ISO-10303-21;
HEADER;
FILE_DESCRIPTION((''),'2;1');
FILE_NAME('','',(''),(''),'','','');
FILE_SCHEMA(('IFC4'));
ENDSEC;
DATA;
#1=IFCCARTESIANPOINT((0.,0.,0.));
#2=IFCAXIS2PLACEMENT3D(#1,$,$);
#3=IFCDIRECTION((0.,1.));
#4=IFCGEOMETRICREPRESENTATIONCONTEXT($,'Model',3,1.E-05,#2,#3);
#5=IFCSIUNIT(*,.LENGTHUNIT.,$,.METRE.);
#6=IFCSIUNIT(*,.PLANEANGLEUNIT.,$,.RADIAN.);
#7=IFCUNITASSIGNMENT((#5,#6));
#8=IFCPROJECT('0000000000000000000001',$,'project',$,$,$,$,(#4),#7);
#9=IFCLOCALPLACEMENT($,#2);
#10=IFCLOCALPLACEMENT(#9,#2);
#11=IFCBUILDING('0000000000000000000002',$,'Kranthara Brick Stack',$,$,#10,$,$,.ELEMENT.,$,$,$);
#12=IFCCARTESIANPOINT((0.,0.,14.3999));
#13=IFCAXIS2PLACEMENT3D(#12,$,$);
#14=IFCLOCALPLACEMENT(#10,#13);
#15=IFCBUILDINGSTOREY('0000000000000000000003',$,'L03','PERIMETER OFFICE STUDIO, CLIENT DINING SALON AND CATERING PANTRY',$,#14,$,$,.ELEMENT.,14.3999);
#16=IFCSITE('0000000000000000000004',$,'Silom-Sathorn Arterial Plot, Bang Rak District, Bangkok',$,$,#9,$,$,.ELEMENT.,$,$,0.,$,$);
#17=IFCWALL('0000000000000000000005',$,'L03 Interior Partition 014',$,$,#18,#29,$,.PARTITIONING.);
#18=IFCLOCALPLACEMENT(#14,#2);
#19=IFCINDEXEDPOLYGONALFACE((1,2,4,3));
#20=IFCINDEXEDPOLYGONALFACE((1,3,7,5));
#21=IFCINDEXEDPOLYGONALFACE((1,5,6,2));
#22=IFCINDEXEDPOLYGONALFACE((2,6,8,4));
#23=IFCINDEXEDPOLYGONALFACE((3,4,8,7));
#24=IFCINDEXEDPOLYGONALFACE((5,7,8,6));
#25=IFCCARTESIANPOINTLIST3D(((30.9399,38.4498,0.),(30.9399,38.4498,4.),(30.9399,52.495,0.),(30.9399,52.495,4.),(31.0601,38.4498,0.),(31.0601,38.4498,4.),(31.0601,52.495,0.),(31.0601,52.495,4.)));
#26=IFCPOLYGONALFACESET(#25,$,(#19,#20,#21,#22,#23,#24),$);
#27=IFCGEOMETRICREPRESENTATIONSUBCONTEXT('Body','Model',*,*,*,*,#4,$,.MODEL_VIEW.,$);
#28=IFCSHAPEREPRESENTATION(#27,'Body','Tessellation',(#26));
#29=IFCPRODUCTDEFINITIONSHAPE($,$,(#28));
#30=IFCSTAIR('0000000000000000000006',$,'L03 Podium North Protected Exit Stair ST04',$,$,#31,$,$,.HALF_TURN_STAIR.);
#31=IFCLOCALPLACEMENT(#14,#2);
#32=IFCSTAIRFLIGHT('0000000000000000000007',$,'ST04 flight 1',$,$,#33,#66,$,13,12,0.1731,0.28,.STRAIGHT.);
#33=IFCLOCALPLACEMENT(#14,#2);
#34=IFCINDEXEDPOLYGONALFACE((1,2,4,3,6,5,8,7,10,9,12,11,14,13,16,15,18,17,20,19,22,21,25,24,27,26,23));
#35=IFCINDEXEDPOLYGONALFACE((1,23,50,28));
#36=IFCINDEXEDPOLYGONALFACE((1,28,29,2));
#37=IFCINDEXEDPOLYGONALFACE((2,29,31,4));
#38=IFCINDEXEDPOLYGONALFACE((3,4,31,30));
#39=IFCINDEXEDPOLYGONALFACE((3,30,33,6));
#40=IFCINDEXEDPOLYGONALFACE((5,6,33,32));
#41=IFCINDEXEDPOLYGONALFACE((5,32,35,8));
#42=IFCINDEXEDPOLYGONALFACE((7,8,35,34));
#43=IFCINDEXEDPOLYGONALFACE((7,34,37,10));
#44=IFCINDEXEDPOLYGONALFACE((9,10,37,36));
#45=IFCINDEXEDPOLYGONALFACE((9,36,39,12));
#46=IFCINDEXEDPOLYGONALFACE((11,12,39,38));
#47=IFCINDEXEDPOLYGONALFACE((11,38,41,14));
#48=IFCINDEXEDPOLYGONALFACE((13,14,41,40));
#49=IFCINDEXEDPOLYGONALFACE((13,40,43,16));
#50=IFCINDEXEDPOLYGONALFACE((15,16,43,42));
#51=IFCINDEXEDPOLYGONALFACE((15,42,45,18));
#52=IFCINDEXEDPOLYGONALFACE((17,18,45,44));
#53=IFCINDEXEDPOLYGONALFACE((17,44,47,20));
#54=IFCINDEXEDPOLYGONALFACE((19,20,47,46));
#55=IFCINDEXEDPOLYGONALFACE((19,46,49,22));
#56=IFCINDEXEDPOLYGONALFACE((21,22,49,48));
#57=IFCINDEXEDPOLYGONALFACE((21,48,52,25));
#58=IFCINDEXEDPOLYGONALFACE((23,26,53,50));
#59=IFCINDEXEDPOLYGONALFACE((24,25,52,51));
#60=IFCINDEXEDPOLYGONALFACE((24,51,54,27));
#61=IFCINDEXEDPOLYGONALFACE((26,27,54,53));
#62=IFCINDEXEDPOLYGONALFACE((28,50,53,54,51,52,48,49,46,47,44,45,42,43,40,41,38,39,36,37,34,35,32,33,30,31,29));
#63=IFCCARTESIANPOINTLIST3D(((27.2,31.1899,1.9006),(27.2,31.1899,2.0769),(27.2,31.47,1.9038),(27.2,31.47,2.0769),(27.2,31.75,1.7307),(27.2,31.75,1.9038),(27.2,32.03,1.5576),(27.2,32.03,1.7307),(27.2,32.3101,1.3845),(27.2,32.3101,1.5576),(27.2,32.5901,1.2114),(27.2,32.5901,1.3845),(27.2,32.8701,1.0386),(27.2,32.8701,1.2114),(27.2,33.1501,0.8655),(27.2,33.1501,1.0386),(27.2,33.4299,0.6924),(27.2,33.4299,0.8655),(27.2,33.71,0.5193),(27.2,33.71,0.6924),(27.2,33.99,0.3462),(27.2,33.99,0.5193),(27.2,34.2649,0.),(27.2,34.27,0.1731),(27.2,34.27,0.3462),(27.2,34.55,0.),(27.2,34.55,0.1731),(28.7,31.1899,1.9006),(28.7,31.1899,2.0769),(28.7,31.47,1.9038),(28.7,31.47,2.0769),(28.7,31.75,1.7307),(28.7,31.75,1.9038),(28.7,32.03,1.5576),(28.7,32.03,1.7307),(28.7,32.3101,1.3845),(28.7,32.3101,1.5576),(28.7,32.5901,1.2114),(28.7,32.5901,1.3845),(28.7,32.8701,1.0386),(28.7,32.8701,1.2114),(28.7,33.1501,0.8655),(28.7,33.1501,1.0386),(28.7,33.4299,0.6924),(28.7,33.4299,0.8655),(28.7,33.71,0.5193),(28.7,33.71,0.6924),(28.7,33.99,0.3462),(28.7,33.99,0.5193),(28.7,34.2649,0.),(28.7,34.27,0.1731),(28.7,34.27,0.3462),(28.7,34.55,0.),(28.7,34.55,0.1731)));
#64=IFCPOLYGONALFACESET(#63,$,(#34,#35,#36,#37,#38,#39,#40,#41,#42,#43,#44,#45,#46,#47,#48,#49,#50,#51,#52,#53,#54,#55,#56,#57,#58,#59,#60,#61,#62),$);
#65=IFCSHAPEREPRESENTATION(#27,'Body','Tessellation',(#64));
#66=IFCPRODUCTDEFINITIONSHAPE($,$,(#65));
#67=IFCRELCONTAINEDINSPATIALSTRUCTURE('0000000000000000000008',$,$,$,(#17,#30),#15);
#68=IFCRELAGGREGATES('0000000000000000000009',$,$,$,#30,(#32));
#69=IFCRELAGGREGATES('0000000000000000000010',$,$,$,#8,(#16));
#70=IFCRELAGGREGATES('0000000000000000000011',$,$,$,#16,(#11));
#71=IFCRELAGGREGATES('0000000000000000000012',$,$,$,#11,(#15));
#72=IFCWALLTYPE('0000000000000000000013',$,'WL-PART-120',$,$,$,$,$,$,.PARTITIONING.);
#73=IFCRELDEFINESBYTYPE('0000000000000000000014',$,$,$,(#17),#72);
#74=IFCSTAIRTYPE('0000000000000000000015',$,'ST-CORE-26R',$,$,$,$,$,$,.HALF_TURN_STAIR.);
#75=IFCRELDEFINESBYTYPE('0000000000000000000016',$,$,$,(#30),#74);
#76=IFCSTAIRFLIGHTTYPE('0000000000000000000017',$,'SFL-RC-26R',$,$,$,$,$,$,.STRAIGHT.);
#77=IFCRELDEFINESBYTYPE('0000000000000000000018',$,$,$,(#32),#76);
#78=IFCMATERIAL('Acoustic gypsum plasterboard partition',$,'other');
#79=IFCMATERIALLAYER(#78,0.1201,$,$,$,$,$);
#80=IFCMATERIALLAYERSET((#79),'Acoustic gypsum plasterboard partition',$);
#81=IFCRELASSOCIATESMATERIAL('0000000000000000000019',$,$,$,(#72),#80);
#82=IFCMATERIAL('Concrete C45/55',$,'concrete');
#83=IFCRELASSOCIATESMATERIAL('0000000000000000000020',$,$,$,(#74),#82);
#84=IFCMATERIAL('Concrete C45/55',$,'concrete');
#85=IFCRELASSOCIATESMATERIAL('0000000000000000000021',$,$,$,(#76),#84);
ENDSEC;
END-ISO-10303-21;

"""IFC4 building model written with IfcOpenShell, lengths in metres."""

from ifc_helpers import new_model, si_unit, direction, frame, frame_2d, origin, place, context, subcontext, project, spatial, polyline, rectangle, outline, extrude, material, layer, layer_set, type_object, element, aggregate, save


model = new_model("IFC4")

# Units and contexts
model_context = context("Model", 3, precision=1e-05, world=origin(), true_north=direction((0.0, 1.0)))
body_context = subcontext(model_context, "Body", "Model", "MODEL_VIEW")
ifc_project = project(units=[si_unit("LENGTHUNIT", "METRE"), si_unit("PLANEANGLEUNIT", "RADIAN")], contexts=[model_context])

# Site, building, storey
site_placement = place(None, origin())
site = spatial("IfcSite", under=ifc_project, at=site_placement, Name="Silom-Sathorn Arterial Plot, Bang Rak District, Bangkok", CompositionType="ELEMENT", RefElevation=0.0)
building_placement = place(site_placement, origin())
building = spatial("IfcBuilding", under=site, at=building_placement, Name="Kranthara Brick Stack", CompositionType="ELEMENT")
storey_placement = place(building_placement, frame((0.0, 0.0, 14.3999)))
storey = spatial("IfcBuildingStorey", under=building, at=storey_placement, Name="L03", Description="PERIMETER OFFICE STUDIO, CLIENT DINING SALON AND CATERING PANTRY", CompositionType="ELEMENT", Elevation=14.3999)

# Wall
ifc_material_1 = material(Name="Acoustic gypsum plasterboard partition", Category="other")
ifc_layer_1 = layer(ifc_material_1, 0.1201)
ifc_layer_set_1 = layer_set([ifc_layer_1], Name="Acoustic gypsum plasterboard partition")
wall_type_1 = type_object("IfcWallType", Name="WL-PART-120", PredefinedType="PARTITIONING", material=ifc_layer_set_1)
for number, where, z_axis, x_axis, name in (
    (1, (31.0, 38.45, 0.0), (0.0, 0.0, 1.0), (0.0, 1.0, 0.0), "L03 Interior Partition 014"),
):
    element("IfcWall", number, at=place(storey_placement, frame(where, z_axis=z_axis, x_axis=x_axis)), inside=storey, type_object=wall_type_1, Name=name, PredefinedType="PARTITIONING", context=body_context, shape_type="SweptSolid", body=[
        extrude(rectangle(XDim=14.0452, YDim=0.1201, at=frame_2d((7.0225, 0.0))), origin(), (0.0, 0.0, 1.0), 4.0),
    ])

# Stair, stair flight
ifc_material_2 = material(Name="Concrete C45/55", Category="concrete")
stair_type = type_object("IfcStairType", Name="ST-CORE-26R", PredefinedType="HALF_TURN_STAIR", material=ifc_material_2)
stair_placement = place(storey_placement, origin())
stair = element("IfcStair", 2, at=stair_placement, inside=storey, type_object=stair_type, Name="L03 Podium North Protected Exit Stair ST04", PredefinedType="HALF_TURN_STAIR")
ifc_material_3 = material(Name="Concrete C45/55", Category="concrete")
stair_flight_type = type_object("IfcStairFlightType", Name="SFL-RC-26R", PredefinedType="STRAIGHT", material=ifc_material_3)
stair_flight_placement = place(storey_placement, frame((27.95, 34.55, 0.0), z_axis=(0.0, 0.0, 1.0), x_axis=(0.0, -1.0, 0.0)))
stair_flight = element("IfcStairFlight", 3, at=stair_flight_placement, type_object=stair_flight_type, Name="ST04 flight 1", NumberOfRisers=13, NumberOfTreads=12, PredefinedType="STRAIGHT", RiserHeight=0.1731, TreadLength=0.28, context=body_context, shape_type="SweptSolid", body=[
    extrude(outline(polyline([(0.0, 0.0), (0.0, 0.1731), (0.28, 0.1731), (0.28, 0.3462), (0.5601, 0.3462), (0.5601, 0.5193), (0.8401, 0.5193), (0.8401, 0.6924), (1.1201, 0.6924), (1.1201, 0.8655), (1.3999, 0.8655), (1.3999, 1.0386), (1.6799, 1.0386), (1.6799, 1.2114), (1.96, 1.2114), (1.96, 1.3845), (2.24, 1.3845), (2.24, 1.5576), (2.52, 1.5576), (2.52, 1.7307), (2.8, 1.7307), (2.8, 1.9038), (3.0801, 1.9038), (3.0801, 2.0769), (3.3601, 2.0769), (3.3601, 2.25), (3.3601, 1.9006), (0.2852, 0.0), (0.0, 0.0)])), frame((0.0, 0.75, 0.0), z_axis=(0.0, -1.0, 0.0), x_axis=(1.0, 0.0, 0.0)), (0.0, 0.0, 1.0), 1.5),
])
aggregate(stair, [stair_flight])

save(model, "model.ifc")
